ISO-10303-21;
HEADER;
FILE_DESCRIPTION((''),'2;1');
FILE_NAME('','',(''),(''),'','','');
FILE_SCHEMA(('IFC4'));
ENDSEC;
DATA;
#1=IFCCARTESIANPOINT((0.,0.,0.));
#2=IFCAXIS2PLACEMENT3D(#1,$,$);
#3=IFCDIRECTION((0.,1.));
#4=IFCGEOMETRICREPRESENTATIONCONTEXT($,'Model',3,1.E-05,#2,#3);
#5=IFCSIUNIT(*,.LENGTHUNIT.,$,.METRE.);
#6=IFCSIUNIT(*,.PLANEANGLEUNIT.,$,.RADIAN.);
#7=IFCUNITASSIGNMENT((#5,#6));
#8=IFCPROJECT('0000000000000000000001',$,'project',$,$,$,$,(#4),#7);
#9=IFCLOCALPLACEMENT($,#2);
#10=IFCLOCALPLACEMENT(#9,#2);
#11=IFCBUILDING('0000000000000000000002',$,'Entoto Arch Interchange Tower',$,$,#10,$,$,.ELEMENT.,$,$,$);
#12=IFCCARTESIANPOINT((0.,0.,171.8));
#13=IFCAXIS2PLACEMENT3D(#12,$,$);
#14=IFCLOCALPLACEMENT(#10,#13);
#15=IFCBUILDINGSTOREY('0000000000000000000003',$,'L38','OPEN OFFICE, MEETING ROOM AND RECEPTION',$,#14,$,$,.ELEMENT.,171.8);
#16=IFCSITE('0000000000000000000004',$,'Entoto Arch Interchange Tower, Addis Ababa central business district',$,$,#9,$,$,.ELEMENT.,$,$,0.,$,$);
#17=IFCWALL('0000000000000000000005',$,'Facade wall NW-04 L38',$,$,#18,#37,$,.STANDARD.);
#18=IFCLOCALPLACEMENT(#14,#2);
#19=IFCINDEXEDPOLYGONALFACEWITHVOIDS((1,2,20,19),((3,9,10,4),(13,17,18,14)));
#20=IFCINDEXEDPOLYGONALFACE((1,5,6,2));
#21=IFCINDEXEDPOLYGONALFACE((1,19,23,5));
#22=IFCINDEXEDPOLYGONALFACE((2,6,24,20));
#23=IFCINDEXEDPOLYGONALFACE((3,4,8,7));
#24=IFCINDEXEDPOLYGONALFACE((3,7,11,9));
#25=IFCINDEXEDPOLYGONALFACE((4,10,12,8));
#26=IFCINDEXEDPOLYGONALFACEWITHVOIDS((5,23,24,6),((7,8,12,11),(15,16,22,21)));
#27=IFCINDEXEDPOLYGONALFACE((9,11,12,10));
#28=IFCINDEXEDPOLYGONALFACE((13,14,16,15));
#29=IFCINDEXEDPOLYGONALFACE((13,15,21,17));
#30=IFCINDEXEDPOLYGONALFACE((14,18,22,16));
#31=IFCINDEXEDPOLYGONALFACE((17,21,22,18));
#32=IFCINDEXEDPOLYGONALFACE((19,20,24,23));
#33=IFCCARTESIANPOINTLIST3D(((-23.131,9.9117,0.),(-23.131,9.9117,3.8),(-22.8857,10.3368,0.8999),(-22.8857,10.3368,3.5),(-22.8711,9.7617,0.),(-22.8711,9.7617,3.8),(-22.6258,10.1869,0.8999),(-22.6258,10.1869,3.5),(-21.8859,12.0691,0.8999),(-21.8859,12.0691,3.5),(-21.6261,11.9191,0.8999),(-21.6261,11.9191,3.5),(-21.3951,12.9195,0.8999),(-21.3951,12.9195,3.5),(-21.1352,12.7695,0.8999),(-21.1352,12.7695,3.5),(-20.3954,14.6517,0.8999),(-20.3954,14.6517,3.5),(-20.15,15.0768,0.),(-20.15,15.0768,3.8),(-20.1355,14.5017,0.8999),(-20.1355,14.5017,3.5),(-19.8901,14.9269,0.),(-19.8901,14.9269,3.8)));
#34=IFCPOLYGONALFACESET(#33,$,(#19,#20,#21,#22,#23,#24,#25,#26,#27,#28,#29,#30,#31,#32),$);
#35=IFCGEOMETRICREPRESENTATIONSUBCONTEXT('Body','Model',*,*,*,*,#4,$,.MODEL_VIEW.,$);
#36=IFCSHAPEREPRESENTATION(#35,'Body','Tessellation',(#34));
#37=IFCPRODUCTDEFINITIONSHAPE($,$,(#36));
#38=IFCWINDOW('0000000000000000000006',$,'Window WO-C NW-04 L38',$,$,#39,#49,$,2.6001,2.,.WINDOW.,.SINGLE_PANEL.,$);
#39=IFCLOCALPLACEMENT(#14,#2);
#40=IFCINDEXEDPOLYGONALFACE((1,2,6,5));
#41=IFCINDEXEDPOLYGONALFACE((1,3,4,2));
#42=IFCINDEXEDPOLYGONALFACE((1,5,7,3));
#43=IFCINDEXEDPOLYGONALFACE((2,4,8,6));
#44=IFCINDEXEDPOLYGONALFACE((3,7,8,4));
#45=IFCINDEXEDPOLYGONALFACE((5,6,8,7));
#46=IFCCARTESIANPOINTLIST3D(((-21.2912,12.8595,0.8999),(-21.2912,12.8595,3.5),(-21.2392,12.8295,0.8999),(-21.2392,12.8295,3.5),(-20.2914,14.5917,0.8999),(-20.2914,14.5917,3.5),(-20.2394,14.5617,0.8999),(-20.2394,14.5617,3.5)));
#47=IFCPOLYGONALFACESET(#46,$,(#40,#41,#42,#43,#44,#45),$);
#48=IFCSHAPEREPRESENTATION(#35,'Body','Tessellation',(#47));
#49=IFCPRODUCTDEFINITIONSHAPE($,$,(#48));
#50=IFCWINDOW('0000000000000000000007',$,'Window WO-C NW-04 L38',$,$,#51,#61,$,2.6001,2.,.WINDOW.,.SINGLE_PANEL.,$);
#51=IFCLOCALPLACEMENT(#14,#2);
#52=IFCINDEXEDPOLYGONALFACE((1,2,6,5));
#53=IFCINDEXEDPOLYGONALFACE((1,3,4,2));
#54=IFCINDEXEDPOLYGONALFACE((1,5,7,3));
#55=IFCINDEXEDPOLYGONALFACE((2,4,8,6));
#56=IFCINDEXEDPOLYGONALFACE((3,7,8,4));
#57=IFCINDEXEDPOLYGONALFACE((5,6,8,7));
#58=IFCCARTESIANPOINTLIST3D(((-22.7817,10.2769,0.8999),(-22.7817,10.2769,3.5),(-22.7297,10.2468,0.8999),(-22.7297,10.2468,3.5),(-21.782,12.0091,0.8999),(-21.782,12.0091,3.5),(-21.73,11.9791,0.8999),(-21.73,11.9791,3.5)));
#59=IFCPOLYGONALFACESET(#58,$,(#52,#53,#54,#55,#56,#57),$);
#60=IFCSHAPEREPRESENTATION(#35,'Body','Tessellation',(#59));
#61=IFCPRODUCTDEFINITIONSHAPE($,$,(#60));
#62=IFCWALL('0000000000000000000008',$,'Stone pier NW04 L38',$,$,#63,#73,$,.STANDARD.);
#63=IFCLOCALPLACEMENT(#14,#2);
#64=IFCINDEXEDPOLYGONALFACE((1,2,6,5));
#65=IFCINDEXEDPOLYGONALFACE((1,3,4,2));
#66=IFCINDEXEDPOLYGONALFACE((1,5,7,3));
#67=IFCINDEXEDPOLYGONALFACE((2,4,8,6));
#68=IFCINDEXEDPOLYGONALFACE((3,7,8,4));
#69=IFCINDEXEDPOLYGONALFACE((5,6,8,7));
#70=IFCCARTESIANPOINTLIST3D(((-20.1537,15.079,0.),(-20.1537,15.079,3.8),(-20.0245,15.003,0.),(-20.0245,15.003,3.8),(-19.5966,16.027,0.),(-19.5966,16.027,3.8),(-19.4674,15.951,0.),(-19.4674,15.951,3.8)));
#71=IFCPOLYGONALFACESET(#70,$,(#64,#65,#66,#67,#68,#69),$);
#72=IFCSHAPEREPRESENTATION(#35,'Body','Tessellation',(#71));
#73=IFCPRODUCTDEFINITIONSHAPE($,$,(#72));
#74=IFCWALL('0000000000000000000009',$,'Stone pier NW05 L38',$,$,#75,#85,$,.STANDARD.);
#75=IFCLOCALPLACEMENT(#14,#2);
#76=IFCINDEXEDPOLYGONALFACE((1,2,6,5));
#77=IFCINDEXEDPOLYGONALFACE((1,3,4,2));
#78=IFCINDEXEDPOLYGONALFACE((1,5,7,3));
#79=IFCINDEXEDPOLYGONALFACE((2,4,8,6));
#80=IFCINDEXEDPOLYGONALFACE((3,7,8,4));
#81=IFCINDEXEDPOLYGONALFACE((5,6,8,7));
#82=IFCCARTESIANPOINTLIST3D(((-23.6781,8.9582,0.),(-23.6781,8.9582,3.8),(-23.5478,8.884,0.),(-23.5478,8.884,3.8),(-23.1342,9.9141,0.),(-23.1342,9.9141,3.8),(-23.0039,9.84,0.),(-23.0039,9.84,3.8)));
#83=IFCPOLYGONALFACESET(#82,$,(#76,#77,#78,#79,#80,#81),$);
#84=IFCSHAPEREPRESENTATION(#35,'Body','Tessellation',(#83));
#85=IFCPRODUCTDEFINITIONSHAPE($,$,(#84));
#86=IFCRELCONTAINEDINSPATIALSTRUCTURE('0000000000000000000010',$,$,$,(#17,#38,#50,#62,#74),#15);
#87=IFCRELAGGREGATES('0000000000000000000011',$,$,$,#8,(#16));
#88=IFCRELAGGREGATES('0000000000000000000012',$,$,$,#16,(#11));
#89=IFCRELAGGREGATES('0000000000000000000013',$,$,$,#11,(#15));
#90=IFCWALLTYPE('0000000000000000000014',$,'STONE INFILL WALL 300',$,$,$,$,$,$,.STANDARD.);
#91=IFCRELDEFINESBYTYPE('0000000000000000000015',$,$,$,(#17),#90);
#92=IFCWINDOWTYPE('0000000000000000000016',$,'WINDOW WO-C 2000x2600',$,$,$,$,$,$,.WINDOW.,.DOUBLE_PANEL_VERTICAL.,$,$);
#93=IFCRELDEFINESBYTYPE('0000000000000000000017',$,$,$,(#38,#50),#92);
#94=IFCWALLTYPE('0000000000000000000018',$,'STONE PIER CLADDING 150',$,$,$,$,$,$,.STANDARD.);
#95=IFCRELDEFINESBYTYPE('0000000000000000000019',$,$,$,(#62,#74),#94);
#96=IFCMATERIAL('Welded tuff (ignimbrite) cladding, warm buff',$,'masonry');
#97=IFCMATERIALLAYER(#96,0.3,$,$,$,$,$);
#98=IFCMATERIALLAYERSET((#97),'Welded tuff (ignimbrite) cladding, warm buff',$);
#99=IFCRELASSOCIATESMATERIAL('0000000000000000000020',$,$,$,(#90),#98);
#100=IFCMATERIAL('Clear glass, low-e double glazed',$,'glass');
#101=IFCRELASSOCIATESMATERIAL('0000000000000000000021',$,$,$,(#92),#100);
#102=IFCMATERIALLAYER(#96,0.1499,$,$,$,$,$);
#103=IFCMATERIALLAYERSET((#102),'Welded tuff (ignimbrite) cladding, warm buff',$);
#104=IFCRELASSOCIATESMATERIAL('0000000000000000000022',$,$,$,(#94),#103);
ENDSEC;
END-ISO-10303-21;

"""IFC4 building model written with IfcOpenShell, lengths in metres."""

from ifc_helpers import new_model, si_unit, direction, frame, frame_2d, origin, place, context, subcontext, project, spatial, rectangle, extrude, material, layer, layer_set, type_object, element, fill, save


model = new_model("IFC4")

# Units and contexts
model_context = context("Model", 3, precision=1e-05, world=origin(), true_north=direction((0.0, 1.0)))
body_context = subcontext(model_context, "Body", "Model", "MODEL_VIEW")
ifc_project = project(units=[si_unit("LENGTHUNIT", "METRE"), si_unit("PLANEANGLEUNIT", "RADIAN")], contexts=[model_context])

# Site, building, storey
site_placement = place(None, origin())
site = spatial("IfcSite", under=ifc_project, at=site_placement, Name="Entoto Arch Interchange Tower, Addis Ababa central business district", CompositionType="ELEMENT", RefElevation=0.0)
building_placement = place(site_placement, origin())
building = spatial("IfcBuilding", under=site, at=building_placement, Name="Entoto Arch Interchange Tower", CompositionType="ELEMENT")
storey_placement = place(building_placement, frame((0.0, 0.0, 171.8)))
storey = spatial("IfcBuildingStorey", under=building, at=storey_placement, Name="L38", Description="OPEN OFFICE, MEETING ROOM AND RECEPTION", CompositionType="ELEMENT", Elevation=171.8)

# Shared definitions
ifc_material_1 = material(Name="Welded tuff (ignimbrite) cladding, warm buff", Category="masonry")
ifc_layer_1 = layer(ifc_material_1, 0.3)
ifc_layer_set_1 = layer_set([ifc_layer_1], Name="Welded tuff (ignimbrite) cladding, warm buff")
wall_type_1 = type_object("IfcWallType", Name="STONE INFILL WALL 300", PredefinedType="STANDARD", material=ifc_layer_set_1)
ifc_material_2 = material(Name="Clear glass, low-e double glazed", Category="glass")
window_type = type_object("IfcWindowType", Name="WINDOW WO-C 2000x2600", PartitioningType="DOUBLE_PANEL_VERTICAL", PredefinedType="WINDOW", material=ifc_material_2)

# Wall, openings, windows
wall_1_placement = place(storey_placement, frame((-20.02, 15.002, 0.0), z_axis=(0.0, 0.0, 1.0), x_axis=(-0.499864, -0.866104, 0.0)))
wall_1 = element("IfcWall", 1, at=wall_1_placement, inside=storey, type_object=wall_type_1, Name="Facade wall NW-04 L38", PredefinedType="STANDARD", context=body_context, shape_type="SweptSolid", body=[
    extrude(rectangle(XDim=5.9636, YDim=0.3, at=frame_2d((2.9819, 0.0))), origin(), (0.0, 0.0, 1.0), 3.8),
])
opening_1_placement = place(wall_1_placement, frame((0.491, 0.0, 0.8999)))
opening_1 = element("IfcOpeningElement", 2, at=opening_1_placement, cuts=wall_1, PredefinedType="OPENING", context=body_context, shape_type="SweptSolid", body=[
    extrude(rectangle(XDim=2.0, YDim=2.6001, at=frame_2d((1.0, 1.3))), frame((0.0, 0.1602, 0.0), z_axis=(0.0, -1.0, 0.0), x_axis=(1.0, 0.0, 0.0)), (0.0, 0.0, 1.0), 0.3201),
])
opening_2_placement = place(wall_1_placement, frame((3.4729, 0.0, 0.8999)))
opening_2 = element("IfcOpeningElement", 3, at=opening_2_placement, cuts=wall_1, PredefinedType="OPENING", context=body_context, shape_type="SweptSolid", body=[
    extrude(rectangle(XDim=2.0, YDim=2.6001, at=frame_2d((1.0, 1.3))), frame((0.0, 0.1602, 0.0), z_axis=(0.0, -1.0, 0.0), x_axis=(1.0, 0.0, 0.0)), (0.0, 0.0, 1.0), 0.3201),
])
window_1_placement = place(opening_1_placement, origin())
window_1 = element("IfcWindow", 4, at=window_1_placement, inside=storey, type_object=window_type, Name="Window WO-C NW-04 L38", OverallHeight=2.6001, OverallWidth=2.0, PartitioningType="SINGLE_PANEL", PredefinedType="WINDOW", context=body_context, shape_type="SweptSolid", body=[
    extrude(rectangle(XDim=2.0, YDim=2.6001, at=frame_2d((1.0, 1.3))), frame((0.0, 0.03, 0.0), z_axis=(0.0, -1.0, 0.0), x_axis=(1.0, 0.0, 0.0)), (0.0, 0.0, 1.0), 0.0601),
])
fill(opening_1, window_1)
window_2_placement = place(opening_2_placement, origin())
window_2 = element("IfcWindow", 5, at=window_2_placement, inside=storey, type_object=window_type, Name="Window WO-C NW-04 L38", OverallHeight=2.6001, OverallWidth=2.0, PartitioningType="SINGLE_PANEL", PredefinedType="WINDOW", context=body_context, shape_type="SweptSolid", body=[
    extrude(rectangle(XDim=2.0, YDim=2.6001, at=frame_2d((1.0, 1.3))), frame((0.0, 0.03, 0.0), z_axis=(0.0, -1.0, 0.0), x_axis=(1.0, 0.0, 0.0)), (0.0, 0.0, 1.0), 0.0601),
])
fill(opening_2, window_2)

# Walls
ifc_layer_2 = layer(ifc_material_1, 0.1499)
ifc_layer_set_2 = layer_set([ifc_layer_2], Name="Welded tuff (ignimbrite) cladding, warm buff")
wall_type_2 = type_object("IfcWallType", Name="STONE PIER CLADDING 150", PredefinedType="STANDARD", material=ifc_layer_set_2)
wall_2_placement = place(storey_placement, frame((-19.532, 15.989, 0.0), z_axis=(0.0, 0.0, 1.0), x_axis=(-0.506671, -0.86214, 0.0)))
element("IfcWall", 6, at=wall_2_placement, inside=storey, type_object=wall_type_2, Name="Stone pier NW04 L38", PredefinedType="STANDARD", context=body_context, shape_type="SweptSolid", body=[
    extrude(rectangle(XDim=1.0996, YDim=0.1499, at=frame_2d((0.5498, 0.0))), origin(), (0.0, 0.0, 1.0), 3.8),
])
wall_3_placement = place(storey_placement, frame((-23.0691, 9.877, 0.0), z_axis=(0.0, 0.0, 1.0), x_axis=(-0.494513, -0.86917, 0.0)))
element("IfcWall", 7, at=wall_3_placement, inside=storey, type_object=wall_type_2, Name="Stone pier NW05 L38", PredefinedType="STANDARD", context=body_context, shape_type="SweptSolid", body=[
    extrude(rectangle(XDim=1.0999, YDim=0.1499, at=frame_2d((0.5498, 0.0))), origin(), (0.0, 0.0, 1.0), 3.8),
])

save(model, "model.ifc")
